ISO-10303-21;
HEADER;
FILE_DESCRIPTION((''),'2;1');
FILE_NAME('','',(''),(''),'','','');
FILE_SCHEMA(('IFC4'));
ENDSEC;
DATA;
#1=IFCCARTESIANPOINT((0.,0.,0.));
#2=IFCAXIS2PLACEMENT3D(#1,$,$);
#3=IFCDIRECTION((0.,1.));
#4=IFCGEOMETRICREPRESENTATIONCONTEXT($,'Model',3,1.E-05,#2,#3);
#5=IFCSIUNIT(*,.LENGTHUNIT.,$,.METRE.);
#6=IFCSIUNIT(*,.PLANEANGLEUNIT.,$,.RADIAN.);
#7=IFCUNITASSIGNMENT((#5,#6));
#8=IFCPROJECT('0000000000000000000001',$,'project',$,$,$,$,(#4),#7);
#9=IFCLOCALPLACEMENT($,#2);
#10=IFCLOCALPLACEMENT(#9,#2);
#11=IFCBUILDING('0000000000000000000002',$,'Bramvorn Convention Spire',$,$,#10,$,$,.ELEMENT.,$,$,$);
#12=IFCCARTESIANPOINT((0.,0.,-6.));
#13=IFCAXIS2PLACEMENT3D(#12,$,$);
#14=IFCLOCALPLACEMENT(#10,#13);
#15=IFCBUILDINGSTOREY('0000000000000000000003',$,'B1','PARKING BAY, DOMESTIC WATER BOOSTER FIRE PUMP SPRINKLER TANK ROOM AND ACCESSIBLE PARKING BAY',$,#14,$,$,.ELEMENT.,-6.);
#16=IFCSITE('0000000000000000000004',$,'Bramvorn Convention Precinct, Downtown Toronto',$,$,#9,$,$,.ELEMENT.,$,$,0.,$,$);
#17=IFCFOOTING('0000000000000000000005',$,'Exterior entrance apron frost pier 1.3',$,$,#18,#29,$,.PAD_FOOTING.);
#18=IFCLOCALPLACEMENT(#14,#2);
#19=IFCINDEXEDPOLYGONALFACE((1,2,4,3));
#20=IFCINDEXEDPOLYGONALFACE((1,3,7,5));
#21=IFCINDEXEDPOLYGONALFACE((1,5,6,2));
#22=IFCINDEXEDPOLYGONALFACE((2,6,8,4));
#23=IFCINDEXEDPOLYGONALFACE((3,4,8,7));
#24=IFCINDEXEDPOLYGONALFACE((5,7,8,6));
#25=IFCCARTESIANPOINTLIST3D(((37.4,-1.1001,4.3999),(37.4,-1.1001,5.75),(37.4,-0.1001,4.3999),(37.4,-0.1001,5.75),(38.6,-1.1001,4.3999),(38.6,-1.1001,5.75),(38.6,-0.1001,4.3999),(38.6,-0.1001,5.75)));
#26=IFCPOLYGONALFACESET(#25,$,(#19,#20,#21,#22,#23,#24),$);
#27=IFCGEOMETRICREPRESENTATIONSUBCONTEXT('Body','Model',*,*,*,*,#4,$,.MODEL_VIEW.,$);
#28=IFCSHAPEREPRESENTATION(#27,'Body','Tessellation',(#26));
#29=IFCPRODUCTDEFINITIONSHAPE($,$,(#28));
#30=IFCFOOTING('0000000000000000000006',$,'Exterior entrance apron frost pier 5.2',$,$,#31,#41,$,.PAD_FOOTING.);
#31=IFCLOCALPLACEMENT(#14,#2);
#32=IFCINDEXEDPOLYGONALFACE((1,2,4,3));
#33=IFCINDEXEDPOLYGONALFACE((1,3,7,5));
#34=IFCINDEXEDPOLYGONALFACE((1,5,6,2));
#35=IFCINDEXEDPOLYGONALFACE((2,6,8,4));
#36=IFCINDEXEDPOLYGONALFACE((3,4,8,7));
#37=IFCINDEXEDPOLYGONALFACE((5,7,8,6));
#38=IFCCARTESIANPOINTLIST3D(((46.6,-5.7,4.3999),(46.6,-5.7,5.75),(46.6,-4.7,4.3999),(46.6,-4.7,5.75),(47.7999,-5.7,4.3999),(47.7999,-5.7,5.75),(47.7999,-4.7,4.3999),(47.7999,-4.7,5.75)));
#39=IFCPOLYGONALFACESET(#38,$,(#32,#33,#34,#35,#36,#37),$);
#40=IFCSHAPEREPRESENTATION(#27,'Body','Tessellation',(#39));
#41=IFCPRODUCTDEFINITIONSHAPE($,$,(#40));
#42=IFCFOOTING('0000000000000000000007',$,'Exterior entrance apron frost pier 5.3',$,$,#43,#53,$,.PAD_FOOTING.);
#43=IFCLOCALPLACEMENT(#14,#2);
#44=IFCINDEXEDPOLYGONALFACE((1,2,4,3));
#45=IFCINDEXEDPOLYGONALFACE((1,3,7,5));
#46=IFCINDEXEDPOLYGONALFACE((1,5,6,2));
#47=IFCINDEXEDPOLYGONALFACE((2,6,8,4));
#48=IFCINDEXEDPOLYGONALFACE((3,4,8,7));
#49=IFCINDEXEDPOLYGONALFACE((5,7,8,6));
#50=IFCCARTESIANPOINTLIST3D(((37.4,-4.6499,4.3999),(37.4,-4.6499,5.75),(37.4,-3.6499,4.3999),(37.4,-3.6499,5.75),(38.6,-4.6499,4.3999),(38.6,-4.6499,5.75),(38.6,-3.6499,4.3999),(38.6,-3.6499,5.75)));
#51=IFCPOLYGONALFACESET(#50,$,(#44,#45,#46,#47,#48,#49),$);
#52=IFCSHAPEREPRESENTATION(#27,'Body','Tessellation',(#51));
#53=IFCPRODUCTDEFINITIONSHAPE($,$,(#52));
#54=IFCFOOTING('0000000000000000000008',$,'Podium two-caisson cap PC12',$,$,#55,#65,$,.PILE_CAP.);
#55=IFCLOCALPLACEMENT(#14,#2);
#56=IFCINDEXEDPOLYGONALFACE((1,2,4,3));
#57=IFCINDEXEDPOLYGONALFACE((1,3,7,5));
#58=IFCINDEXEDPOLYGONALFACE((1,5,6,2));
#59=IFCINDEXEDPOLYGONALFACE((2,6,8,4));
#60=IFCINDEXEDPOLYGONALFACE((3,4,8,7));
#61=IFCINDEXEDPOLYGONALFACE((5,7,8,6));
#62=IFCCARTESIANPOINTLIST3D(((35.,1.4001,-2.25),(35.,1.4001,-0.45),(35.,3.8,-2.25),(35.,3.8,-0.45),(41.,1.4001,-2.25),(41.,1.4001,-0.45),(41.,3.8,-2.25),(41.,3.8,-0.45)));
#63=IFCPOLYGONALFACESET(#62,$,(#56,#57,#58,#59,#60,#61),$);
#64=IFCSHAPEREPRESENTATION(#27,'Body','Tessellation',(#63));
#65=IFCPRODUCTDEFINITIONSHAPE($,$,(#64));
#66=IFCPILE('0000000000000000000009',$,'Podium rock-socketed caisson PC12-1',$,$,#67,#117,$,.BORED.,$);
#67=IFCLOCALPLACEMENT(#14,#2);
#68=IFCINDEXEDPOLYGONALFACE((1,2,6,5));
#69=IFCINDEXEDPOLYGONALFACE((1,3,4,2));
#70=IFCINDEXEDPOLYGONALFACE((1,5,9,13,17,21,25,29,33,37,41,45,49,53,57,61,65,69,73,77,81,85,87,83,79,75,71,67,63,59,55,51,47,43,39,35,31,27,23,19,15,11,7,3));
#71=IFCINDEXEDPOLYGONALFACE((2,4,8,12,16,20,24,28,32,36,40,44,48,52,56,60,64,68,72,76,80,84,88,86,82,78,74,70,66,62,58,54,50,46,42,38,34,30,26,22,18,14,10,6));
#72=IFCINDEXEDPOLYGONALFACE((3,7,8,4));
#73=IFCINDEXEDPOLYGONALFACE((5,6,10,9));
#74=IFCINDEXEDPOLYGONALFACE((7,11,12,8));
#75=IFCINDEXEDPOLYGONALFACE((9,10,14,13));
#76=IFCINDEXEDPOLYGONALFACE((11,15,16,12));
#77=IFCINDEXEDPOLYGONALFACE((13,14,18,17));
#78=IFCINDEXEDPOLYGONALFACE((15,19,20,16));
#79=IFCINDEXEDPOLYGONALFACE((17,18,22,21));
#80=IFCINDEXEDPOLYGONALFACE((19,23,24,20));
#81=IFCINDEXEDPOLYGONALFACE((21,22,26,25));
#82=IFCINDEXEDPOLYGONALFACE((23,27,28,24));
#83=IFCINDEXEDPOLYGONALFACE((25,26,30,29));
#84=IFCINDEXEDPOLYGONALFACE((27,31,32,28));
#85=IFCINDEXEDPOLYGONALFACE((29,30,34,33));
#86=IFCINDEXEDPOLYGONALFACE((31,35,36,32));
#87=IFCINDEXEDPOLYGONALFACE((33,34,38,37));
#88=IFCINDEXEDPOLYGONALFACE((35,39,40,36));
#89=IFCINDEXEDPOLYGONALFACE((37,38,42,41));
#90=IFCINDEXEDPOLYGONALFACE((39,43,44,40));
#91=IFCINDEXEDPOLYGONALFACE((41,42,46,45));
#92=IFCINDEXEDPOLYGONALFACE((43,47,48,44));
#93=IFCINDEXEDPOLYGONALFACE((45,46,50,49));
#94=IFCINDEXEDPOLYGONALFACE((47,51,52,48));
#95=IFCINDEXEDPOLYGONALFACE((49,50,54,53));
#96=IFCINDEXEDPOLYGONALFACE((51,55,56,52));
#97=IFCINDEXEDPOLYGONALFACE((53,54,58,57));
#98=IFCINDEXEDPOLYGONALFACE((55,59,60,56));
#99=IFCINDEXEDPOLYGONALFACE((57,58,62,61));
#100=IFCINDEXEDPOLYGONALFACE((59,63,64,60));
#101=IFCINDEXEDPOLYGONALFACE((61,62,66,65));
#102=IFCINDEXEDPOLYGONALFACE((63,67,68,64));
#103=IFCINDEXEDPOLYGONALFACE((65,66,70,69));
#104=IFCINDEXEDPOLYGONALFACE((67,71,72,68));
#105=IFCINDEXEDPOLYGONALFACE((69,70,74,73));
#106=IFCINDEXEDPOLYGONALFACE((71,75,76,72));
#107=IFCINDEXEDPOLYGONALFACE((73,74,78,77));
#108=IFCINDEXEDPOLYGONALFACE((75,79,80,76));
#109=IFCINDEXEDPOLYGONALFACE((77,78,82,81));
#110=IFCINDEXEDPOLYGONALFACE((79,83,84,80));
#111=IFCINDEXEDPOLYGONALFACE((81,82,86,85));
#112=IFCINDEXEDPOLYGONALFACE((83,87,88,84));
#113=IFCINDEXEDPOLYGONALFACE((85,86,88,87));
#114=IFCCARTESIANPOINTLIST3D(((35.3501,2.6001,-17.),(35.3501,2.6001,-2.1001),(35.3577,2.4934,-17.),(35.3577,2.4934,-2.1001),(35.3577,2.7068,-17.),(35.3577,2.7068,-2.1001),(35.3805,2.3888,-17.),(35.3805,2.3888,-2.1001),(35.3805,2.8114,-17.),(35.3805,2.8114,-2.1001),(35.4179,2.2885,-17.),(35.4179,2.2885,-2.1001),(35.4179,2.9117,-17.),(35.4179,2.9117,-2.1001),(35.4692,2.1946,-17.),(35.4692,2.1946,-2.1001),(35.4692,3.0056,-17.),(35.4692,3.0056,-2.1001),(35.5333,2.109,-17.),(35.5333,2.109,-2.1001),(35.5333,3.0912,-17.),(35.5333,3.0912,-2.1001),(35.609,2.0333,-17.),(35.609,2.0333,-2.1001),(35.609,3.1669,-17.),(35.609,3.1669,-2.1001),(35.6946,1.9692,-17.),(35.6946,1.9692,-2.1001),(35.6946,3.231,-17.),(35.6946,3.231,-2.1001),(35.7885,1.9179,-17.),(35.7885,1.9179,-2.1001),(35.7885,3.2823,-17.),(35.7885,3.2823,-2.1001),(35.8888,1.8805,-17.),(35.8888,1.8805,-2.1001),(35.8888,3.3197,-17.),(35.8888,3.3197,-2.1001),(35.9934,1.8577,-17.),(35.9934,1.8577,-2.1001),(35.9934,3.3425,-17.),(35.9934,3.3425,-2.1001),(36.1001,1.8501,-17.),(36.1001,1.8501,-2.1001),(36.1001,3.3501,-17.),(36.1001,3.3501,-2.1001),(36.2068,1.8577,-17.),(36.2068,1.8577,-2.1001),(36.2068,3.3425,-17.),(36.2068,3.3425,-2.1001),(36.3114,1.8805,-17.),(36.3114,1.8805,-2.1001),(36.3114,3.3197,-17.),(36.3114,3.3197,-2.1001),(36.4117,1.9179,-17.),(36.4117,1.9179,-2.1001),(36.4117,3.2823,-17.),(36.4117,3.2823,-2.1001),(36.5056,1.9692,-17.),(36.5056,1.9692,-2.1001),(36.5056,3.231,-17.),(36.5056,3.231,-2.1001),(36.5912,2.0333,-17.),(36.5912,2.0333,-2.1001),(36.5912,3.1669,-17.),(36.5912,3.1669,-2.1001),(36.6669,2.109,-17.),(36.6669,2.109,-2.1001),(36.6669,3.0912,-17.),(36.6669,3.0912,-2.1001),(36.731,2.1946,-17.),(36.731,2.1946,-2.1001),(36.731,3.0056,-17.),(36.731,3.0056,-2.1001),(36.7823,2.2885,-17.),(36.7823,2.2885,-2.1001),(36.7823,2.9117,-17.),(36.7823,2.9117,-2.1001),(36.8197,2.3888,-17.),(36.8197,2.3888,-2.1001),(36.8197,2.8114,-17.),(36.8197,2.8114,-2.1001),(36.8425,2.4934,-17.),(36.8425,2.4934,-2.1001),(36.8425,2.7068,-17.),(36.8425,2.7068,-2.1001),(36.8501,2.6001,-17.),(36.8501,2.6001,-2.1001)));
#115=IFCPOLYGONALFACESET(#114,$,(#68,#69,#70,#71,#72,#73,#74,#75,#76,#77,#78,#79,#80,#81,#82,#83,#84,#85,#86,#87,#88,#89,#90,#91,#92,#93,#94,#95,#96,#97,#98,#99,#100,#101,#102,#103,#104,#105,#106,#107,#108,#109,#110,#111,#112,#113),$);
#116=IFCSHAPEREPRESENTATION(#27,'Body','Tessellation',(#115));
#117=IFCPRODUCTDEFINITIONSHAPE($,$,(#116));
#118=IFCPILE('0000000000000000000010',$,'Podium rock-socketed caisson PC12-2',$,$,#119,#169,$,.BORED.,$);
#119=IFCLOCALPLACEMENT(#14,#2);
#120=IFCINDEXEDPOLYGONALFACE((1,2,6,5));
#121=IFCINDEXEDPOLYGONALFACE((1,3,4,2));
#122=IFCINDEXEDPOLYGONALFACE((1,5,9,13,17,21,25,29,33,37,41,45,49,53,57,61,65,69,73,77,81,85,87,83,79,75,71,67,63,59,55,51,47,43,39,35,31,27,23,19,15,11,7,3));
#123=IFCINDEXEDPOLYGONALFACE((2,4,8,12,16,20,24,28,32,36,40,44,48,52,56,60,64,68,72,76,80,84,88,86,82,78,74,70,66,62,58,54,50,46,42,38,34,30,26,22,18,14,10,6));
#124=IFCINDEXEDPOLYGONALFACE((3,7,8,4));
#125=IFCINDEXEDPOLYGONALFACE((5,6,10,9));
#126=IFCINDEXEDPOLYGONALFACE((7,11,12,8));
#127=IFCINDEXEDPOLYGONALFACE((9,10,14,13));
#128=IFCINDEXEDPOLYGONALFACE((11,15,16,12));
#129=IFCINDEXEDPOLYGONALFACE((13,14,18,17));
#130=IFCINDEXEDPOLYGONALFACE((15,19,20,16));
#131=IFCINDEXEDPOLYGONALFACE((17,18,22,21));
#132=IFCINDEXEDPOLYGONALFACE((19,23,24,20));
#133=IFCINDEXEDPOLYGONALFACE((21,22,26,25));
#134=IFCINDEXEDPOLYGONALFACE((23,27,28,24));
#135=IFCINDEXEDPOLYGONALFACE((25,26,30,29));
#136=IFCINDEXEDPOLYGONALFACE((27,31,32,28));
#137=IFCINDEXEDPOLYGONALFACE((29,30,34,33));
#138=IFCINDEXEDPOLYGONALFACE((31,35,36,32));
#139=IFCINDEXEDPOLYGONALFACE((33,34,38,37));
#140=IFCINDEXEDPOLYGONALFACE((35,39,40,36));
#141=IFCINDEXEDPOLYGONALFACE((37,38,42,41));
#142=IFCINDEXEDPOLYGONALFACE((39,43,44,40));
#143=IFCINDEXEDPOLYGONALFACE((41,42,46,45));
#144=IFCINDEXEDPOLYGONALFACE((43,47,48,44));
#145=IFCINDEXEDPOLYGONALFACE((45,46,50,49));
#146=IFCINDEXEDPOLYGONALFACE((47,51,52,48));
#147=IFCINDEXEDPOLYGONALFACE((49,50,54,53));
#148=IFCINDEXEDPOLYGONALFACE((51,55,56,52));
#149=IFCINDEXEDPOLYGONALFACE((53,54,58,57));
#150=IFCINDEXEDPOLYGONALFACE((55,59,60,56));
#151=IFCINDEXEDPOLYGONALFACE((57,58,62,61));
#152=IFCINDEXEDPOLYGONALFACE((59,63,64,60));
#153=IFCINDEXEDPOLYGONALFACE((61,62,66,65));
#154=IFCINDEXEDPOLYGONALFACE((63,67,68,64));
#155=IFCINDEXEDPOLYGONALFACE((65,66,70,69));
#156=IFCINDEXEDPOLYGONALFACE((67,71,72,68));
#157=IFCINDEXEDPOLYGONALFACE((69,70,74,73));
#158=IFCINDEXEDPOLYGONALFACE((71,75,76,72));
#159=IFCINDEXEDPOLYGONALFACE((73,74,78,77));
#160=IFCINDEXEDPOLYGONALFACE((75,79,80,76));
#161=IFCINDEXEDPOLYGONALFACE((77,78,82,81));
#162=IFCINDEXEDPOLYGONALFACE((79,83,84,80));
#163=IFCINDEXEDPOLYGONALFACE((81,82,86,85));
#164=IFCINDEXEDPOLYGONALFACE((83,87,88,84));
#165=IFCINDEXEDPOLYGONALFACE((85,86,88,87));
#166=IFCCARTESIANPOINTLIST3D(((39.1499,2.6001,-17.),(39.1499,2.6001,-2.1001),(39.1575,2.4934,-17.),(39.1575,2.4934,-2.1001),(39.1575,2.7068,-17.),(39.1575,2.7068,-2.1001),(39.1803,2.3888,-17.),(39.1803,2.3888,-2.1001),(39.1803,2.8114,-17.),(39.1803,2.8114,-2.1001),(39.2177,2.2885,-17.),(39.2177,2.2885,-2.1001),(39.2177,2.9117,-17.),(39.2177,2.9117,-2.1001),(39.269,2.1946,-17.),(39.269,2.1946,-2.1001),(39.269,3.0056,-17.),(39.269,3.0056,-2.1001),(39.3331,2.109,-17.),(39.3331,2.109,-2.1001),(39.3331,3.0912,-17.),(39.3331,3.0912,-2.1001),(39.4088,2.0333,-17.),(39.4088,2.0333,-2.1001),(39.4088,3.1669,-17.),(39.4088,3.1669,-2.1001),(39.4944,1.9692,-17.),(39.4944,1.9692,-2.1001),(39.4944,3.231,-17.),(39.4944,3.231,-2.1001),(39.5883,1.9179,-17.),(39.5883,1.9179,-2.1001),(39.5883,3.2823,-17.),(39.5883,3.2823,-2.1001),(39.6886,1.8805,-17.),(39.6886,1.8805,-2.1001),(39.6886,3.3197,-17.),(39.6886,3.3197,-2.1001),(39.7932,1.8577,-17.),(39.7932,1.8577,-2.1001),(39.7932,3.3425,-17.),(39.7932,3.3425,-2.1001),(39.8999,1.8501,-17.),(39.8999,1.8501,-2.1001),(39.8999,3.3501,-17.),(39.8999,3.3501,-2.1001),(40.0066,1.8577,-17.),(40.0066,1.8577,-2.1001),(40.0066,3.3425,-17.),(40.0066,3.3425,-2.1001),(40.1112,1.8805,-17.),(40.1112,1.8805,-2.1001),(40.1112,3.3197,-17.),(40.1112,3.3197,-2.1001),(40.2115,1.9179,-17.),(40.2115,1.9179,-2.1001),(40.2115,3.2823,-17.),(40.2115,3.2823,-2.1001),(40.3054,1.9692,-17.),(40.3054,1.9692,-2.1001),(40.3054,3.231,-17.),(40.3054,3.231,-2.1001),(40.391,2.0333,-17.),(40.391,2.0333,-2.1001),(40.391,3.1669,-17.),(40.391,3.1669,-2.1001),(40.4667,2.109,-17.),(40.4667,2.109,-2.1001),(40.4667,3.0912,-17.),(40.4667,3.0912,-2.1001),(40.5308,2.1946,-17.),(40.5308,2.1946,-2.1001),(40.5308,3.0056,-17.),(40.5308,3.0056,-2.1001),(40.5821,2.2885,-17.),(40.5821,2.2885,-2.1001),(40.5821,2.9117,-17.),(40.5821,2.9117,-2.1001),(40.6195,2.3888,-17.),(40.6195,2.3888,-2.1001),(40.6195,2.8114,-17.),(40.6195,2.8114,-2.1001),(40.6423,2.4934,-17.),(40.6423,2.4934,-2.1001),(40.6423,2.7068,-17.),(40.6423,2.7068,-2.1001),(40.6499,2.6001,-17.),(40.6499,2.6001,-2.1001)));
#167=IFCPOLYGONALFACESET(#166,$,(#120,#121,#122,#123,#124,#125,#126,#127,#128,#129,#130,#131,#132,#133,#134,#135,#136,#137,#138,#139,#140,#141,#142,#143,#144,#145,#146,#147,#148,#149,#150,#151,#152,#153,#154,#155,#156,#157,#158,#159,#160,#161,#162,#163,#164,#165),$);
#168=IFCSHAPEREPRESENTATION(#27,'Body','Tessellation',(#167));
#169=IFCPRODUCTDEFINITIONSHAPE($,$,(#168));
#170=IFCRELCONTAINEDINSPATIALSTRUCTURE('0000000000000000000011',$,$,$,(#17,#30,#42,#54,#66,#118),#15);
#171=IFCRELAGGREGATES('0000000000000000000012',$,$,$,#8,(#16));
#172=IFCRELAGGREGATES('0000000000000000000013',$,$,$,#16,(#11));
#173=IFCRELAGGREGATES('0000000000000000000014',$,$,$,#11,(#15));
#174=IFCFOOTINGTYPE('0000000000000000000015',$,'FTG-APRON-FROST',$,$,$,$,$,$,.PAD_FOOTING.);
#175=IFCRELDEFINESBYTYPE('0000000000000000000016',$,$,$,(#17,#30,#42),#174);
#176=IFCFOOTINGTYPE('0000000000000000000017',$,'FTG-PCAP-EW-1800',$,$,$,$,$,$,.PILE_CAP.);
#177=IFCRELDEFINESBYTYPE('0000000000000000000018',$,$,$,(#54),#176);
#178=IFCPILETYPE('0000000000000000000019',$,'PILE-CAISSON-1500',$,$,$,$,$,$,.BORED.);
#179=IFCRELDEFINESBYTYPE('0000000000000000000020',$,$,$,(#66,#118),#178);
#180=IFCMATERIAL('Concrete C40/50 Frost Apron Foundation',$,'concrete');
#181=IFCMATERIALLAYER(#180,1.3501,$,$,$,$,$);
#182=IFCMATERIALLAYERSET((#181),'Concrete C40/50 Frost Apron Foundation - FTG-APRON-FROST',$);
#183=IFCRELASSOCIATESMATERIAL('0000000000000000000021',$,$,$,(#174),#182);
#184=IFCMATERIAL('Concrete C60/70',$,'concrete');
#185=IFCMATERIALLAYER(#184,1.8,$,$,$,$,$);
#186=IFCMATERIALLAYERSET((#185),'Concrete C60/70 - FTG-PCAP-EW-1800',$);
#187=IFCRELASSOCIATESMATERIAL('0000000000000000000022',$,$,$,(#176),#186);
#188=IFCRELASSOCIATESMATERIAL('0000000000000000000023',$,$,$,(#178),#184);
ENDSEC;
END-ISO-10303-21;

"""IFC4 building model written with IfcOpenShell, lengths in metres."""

from ifc_helpers import new_model, si_unit, direction, frame, origin, origin_2d, place, context, subcontext, project, spatial, rectangle, circle, extrude, material, layer, layer_set, material_profile, profile_set, type_object, element, save


model = new_model("IFC4")

# Units and contexts
model_context = context("Model", 3, precision=1e-05, world=origin(), true_north=direction((0.0, 1.0)))
body_context = subcontext(model_context, "Body", "Model", "MODEL_VIEW")
ifc_project = project(units=[si_unit("LENGTHUNIT", "METRE"), si_unit("PLANEANGLEUNIT", "RADIAN")], contexts=[model_context])

# Site, building, storey
site_placement = place(None, origin())
site = spatial("IfcSite", under=ifc_project, at=site_placement, Name="Bramvorn Convention Precinct, Downtown Toronto", CompositionType="ELEMENT", RefElevation=0.0)
building_placement = place(site_placement, origin())
building = spatial("IfcBuilding", under=site, at=building_placement, Name="Bramvorn Convention Spire", CompositionType="ELEMENT")
storey_placement = place(building_placement, frame((0.0, 0.0, -6.0)))
storey = spatial("IfcBuildingStorey", under=building, at=storey_placement, Name="B1", Description="PARKING BAY, DOMESTIC WATER BOOSTER FIRE PUMP SPRINKLER TANK ROOM AND ACCESSIBLE PARKING BAY", CompositionType="ELEMENT", Elevation=-6.0)

# Footings
ifc_material_1 = material(Name="Concrete C40/50 Frost Apron Foundation", Category="concrete")
ifc_layer_1 = layer(ifc_material_1, 1.3501)
ifc_layer_set_1 = layer_set([ifc_layer_1], Name="Concrete C40/50 Frost Apron Foundation - FTG-APRON-FROST")
footing_type_1 = type_object("IfcFootingType", Name="FTG-APRON-FROST", PredefinedType="PAD_FOOTING", material=ifc_layer_set_1)
for number, where, z_axis, x_axis, name in (
    (1, (38.0, -0.6001, 4.3999), (0.0, 0.0, 1.0), (1.0, 0.0, 0.0), "Exterior entrance apron frost pier 1.3"),
    (2, (47.2, -5.2, 4.3999), (0.0, 0.0, 1.0), (1.0, 0.0, 0.0), "Exterior entrance apron frost pier 5.2"),
    (3, (38.0, -4.1499, 4.3999), (0.0, 0.0, 1.0), (1.0, 0.0, 0.0), "Exterior entrance apron frost pier 5.3"),
):
    element("IfcFooting", number, at=place(storey_placement, frame(where, z_axis=z_axis, x_axis=x_axis)), inside=storey, type_object=footing_type_1, Name=name, PredefinedType="PAD_FOOTING", context=body_context, shape_type="SweptSolid", body=[
        extrude(rectangle(XDim=1.2, YDim=1.0, at=origin_2d()), origin(), (0.0, 0.0, 1.0), 1.3501),
    ])
ifc_material_2 = material(Name="Concrete C60/70", Category="concrete")
ifc_layer_2 = layer(ifc_material_2, 1.8)
ifc_layer_set_2 = layer_set([ifc_layer_2], Name="Concrete C60/70 - FTG-PCAP-EW-1800")
footing_type_2 = type_object("IfcFootingType", Name="FTG-PCAP-EW-1800", PredefinedType="PILE_CAP", material=ifc_layer_set_2)
footing_placement = place(storey_placement, frame((38.0, 2.6001, -2.25), z_axis=(0.0, 0.0, 1.0), x_axis=(1.0, 0.0, 0.0)))
element("IfcFooting", 4, at=footing_placement, inside=storey, type_object=footing_type_2, Name="Podium two-caisson cap PC12", PredefinedType="PILE_CAP", context=body_context, shape_type="SweptSolid", body=[
    extrude(rectangle(XDim=6.0, YDim=2.3999, at=origin_2d()), origin(), (0.0, 0.0, 1.0), 1.8),
])

# Piles
ifc_material_profile_1 = material_profile(ifc_material_2, circle(Radius=0.75, at=origin_2d()))
ifc_profile_set_1 = profile_set([ifc_material_profile_1], Name="Concrete C60/70 - CAISSON1500")
pile_type_1 = type_object("IfcPileType", Name="PILE-CAISSON-1500", PredefinedType="BORED", material=ifc_profile_set_1)
for number, where, z_axis, x_axis, name in (
    (5, (36.1001, 2.6001, -2.1001), (0.0, 0.0, -1.0), (1.0, 0.0, 0.0), "Podium rock-socketed caisson PC12-1"),
    (6, (39.8999, 2.6001, -2.1001), (0.0, 0.0, -1.0), (1.0, 0.0, 0.0), "Podium rock-socketed caisson PC12-2"),
):
    element("IfcPile", number, at=place(storey_placement, frame(where, z_axis=z_axis, x_axis=x_axis)), inside=storey, type_object=pile_type_1, Name=name, PredefinedType="BORED", context=body_context, shape_type="SweptSolid", body=[
        extrude(circle(Radius=0.75, at=origin_2d()), origin(), (0.0, 0.0, 1.0), 14.8999),
    ])

save(model, "model.ifc")
